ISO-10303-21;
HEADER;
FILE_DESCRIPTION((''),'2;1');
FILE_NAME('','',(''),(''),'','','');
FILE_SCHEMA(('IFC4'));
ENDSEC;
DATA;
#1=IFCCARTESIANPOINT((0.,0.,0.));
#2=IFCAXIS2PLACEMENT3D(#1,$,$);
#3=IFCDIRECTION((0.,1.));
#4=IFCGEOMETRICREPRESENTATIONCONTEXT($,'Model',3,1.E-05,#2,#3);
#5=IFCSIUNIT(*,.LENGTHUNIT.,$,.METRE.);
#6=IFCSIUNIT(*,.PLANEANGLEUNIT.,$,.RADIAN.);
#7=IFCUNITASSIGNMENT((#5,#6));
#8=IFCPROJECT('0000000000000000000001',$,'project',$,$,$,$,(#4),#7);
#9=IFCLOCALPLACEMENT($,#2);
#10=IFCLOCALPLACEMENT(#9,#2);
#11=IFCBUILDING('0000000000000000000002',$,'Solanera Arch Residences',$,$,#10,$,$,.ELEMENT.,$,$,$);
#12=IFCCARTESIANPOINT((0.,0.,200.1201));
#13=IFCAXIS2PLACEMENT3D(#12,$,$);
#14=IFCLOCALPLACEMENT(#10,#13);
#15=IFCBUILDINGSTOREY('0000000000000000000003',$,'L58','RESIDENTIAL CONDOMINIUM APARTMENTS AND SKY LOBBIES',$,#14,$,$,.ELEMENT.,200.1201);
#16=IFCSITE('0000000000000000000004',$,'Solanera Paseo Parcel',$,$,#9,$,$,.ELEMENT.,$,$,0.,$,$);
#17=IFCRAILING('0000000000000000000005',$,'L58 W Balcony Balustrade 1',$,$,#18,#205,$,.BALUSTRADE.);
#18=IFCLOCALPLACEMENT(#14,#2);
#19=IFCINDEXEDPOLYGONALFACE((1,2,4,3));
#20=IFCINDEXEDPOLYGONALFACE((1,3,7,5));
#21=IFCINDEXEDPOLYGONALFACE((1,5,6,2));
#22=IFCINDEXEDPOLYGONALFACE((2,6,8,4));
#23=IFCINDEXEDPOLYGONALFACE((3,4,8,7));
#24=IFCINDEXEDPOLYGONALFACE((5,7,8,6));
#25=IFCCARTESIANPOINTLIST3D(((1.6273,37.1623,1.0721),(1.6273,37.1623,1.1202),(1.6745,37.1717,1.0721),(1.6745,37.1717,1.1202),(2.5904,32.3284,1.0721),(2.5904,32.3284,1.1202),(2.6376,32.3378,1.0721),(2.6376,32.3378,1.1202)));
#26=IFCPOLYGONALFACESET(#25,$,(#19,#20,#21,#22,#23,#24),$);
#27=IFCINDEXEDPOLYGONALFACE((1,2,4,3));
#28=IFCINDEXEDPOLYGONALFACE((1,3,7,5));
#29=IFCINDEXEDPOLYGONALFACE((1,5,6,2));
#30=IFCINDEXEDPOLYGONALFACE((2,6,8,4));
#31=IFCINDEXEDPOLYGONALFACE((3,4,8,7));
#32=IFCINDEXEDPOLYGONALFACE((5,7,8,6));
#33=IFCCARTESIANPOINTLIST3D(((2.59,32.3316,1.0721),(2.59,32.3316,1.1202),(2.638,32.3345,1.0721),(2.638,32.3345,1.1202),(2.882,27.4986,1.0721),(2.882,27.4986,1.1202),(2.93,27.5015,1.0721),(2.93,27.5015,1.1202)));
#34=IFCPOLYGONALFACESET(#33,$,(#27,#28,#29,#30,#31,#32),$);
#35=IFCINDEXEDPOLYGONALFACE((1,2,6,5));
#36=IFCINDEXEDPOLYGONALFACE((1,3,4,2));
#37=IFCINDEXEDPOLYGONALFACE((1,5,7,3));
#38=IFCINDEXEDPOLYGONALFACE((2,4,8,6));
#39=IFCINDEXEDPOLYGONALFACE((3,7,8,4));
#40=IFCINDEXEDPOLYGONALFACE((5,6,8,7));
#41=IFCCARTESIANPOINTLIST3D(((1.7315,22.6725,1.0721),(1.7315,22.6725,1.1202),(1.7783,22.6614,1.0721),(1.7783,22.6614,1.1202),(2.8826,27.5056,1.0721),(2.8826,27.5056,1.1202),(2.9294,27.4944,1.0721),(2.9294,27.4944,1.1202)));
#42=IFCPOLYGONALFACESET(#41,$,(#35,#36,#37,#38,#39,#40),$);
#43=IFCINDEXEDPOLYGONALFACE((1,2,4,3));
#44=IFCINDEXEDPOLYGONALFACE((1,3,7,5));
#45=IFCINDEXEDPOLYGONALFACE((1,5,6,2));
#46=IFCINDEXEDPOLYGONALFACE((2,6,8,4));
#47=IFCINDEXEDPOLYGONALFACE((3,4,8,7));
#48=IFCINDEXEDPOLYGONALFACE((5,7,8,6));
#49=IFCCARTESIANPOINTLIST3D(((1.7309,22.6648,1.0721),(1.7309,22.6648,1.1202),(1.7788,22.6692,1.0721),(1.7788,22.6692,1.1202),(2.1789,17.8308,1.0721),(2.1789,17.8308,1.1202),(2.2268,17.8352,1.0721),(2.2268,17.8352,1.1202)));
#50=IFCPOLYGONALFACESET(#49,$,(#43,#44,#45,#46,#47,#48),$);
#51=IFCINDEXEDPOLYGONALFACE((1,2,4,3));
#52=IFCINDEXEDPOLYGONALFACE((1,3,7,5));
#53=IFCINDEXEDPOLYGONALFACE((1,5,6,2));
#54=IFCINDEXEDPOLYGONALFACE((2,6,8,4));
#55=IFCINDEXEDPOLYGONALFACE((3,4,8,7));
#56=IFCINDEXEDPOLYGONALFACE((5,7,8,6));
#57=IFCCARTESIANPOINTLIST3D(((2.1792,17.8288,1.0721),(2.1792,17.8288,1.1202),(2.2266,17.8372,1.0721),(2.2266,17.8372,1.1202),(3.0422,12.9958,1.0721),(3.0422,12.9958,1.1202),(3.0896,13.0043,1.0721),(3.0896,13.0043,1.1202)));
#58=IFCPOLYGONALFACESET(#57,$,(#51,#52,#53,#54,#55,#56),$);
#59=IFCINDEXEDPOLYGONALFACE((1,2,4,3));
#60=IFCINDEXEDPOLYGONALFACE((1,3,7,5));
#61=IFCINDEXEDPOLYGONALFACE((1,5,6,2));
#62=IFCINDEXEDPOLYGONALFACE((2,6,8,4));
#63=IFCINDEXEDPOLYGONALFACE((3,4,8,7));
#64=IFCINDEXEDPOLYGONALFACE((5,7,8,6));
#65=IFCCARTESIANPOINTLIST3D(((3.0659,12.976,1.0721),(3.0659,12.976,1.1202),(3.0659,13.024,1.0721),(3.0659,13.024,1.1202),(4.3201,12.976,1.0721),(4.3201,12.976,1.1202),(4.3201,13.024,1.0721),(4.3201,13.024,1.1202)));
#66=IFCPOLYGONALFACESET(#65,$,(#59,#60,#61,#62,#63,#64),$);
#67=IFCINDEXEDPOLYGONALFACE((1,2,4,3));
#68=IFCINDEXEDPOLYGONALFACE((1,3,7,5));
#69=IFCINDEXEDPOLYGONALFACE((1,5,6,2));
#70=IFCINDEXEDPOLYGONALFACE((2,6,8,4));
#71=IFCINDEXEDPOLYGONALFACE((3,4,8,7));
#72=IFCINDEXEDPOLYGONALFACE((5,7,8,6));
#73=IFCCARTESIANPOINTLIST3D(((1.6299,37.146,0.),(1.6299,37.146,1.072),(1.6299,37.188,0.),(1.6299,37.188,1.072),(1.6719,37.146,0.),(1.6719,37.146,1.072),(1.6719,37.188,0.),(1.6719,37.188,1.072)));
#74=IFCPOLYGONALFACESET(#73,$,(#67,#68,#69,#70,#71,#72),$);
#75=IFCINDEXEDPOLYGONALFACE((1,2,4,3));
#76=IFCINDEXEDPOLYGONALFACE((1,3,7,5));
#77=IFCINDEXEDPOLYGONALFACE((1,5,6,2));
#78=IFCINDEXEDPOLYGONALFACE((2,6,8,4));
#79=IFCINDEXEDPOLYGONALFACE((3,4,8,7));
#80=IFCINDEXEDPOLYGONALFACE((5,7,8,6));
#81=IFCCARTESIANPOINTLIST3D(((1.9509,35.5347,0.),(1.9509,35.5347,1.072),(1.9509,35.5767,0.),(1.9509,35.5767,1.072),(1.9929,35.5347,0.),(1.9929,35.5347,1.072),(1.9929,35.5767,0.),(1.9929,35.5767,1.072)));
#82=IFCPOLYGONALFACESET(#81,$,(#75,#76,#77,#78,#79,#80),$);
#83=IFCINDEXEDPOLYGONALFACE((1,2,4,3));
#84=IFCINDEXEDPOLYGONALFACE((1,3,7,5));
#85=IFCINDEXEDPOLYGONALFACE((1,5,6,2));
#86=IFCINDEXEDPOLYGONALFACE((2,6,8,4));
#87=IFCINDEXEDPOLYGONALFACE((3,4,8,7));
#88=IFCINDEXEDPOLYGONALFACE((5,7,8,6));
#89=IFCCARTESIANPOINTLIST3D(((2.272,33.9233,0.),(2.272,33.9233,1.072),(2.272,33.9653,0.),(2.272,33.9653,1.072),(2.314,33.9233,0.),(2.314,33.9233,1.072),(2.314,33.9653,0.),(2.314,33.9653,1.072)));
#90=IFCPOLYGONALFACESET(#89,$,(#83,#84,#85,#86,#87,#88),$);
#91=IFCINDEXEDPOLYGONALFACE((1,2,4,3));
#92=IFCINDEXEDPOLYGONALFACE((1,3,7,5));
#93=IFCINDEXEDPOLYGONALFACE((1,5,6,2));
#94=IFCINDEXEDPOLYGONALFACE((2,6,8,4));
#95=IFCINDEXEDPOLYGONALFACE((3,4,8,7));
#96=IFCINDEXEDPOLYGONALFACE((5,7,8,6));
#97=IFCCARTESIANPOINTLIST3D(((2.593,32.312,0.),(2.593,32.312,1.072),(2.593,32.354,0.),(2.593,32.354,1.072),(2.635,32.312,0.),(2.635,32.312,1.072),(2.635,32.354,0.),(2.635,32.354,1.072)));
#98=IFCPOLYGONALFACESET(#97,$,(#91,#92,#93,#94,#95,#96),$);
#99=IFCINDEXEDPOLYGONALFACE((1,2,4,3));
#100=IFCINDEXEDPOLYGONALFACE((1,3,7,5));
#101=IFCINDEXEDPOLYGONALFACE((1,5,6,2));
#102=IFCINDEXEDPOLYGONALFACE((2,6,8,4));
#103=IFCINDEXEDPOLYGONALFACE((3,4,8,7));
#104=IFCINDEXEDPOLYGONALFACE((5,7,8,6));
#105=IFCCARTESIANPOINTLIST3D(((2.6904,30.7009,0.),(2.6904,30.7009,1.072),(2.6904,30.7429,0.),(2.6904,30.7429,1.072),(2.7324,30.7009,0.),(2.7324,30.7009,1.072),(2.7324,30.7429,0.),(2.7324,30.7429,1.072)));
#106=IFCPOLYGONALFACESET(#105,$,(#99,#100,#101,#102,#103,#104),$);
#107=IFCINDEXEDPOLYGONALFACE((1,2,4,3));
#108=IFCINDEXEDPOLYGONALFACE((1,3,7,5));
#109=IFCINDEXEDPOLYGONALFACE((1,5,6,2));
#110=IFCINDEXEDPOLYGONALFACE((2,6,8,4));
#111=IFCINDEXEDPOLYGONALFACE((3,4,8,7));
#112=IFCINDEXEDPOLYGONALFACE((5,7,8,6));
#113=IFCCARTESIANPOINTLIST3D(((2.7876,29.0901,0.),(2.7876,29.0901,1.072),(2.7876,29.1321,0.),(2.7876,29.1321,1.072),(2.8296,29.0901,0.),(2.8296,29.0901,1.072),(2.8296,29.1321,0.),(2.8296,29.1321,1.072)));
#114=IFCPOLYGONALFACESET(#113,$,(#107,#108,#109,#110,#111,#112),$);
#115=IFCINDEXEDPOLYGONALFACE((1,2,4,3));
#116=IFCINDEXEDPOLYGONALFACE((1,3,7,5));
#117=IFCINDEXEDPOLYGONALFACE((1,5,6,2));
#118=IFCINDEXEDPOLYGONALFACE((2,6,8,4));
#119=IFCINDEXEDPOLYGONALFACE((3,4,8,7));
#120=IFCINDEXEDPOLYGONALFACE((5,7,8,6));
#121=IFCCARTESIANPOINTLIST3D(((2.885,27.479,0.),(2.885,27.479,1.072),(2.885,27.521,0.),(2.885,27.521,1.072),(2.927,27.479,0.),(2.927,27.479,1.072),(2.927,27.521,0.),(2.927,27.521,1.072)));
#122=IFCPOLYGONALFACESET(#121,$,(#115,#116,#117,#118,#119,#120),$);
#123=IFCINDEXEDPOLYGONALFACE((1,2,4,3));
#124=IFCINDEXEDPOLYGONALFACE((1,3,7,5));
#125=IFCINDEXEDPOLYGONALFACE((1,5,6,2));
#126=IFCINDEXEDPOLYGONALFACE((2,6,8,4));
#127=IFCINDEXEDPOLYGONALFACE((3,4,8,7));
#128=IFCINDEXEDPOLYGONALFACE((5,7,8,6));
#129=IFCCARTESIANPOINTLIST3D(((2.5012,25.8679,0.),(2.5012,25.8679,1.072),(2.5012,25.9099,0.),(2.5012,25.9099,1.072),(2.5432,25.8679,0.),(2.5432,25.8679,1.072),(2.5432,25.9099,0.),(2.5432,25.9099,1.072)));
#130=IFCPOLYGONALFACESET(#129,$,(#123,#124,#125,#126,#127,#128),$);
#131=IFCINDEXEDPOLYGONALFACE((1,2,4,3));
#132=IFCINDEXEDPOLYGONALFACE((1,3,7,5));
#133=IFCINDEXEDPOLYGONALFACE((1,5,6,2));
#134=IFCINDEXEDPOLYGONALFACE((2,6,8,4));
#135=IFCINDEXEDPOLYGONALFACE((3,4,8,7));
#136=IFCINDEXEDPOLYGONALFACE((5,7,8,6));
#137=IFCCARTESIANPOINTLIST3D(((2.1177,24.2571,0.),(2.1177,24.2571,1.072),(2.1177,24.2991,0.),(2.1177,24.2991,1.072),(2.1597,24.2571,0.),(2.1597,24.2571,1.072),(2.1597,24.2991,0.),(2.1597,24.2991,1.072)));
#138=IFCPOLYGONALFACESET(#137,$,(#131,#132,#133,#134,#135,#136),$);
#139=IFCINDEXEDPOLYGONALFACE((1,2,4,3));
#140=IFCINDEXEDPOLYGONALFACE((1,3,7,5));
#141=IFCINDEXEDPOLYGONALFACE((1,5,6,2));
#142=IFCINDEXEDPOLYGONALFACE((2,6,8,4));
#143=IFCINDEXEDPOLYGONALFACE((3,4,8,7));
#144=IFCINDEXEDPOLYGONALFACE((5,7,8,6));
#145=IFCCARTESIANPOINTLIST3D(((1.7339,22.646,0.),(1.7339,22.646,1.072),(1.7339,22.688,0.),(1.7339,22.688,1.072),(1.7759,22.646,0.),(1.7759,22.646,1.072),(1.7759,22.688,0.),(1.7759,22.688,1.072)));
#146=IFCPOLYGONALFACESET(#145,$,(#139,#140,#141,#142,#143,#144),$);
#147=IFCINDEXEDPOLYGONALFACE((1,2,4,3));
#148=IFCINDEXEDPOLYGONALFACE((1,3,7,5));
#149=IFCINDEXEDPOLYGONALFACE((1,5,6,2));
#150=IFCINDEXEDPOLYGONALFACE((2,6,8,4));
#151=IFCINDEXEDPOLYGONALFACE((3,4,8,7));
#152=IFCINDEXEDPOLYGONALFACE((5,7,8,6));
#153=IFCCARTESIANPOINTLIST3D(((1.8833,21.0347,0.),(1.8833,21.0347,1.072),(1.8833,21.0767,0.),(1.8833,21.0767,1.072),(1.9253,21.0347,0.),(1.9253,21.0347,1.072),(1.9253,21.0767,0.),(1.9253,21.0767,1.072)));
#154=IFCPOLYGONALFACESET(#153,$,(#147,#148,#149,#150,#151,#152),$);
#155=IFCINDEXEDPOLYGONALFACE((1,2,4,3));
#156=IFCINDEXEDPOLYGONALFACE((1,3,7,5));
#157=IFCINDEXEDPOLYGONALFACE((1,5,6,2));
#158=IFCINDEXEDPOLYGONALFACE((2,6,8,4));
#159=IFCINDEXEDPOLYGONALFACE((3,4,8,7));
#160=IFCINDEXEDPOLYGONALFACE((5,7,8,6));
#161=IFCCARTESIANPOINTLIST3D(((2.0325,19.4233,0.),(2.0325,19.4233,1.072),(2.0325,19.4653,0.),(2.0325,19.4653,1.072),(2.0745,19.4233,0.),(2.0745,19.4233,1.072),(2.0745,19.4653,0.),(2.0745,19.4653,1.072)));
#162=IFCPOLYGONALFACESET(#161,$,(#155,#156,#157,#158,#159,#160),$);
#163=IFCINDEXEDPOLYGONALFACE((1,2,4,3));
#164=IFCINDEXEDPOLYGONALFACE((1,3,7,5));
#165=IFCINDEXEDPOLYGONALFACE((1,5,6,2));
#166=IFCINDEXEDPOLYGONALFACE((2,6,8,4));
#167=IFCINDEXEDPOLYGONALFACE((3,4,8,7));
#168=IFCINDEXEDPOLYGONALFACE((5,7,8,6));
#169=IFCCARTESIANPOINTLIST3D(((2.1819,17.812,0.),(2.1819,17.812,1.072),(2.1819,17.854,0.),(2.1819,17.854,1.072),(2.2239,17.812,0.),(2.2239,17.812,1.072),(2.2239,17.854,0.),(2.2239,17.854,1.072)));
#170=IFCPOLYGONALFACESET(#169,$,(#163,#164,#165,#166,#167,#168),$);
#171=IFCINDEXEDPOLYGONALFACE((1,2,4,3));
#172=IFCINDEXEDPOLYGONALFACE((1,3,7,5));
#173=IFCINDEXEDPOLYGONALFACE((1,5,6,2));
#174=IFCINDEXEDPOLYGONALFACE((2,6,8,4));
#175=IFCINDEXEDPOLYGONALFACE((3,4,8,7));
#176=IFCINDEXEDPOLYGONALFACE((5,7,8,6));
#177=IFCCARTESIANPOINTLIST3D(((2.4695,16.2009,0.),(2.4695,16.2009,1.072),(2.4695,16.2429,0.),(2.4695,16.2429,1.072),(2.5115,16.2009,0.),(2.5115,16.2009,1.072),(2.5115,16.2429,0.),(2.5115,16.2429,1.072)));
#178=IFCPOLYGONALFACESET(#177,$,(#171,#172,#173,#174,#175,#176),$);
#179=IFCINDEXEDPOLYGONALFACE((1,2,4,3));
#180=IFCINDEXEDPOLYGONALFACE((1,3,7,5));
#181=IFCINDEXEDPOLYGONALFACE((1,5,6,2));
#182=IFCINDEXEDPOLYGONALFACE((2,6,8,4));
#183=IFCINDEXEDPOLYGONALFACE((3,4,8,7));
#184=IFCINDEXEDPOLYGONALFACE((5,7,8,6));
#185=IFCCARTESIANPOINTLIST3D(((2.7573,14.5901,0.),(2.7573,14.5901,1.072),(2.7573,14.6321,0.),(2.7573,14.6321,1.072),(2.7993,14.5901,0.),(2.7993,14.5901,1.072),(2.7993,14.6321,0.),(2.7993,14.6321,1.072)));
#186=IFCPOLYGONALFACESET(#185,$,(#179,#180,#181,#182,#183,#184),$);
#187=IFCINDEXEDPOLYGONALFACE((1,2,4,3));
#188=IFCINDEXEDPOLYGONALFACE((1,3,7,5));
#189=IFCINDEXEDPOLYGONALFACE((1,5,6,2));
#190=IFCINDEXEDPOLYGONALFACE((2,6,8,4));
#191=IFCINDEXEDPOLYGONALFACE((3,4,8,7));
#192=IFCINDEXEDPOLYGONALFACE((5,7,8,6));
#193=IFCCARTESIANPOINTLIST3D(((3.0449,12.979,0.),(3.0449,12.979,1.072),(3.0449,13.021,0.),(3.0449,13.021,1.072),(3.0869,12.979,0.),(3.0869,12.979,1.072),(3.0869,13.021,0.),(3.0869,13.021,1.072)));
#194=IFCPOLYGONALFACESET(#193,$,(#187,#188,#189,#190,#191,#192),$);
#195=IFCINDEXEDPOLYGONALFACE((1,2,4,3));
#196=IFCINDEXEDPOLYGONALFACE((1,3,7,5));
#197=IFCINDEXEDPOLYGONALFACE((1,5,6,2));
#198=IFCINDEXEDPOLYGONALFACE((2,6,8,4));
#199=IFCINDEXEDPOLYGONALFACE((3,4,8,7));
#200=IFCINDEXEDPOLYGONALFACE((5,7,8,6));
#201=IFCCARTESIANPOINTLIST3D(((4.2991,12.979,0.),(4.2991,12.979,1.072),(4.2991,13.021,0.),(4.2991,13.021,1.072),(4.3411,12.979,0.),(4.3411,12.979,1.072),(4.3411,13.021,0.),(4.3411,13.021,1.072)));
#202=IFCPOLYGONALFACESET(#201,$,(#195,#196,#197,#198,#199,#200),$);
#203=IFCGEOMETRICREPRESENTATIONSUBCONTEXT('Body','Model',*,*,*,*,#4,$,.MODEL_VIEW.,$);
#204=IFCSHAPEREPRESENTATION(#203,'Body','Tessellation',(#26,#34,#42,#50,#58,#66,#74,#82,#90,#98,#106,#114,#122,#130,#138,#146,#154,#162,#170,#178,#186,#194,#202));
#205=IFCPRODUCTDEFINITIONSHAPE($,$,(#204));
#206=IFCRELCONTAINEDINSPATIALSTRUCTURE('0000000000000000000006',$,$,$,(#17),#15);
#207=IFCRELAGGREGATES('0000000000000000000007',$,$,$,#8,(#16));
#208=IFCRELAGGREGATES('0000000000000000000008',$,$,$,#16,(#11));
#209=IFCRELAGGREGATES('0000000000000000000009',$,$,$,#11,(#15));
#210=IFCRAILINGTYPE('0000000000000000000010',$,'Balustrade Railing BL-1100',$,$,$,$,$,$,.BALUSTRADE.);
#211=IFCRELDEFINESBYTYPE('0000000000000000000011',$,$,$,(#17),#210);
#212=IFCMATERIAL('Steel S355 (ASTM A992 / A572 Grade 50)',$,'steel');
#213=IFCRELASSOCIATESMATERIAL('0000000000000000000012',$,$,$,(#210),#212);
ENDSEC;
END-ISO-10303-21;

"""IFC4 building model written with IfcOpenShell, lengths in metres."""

from ifc_helpers import new_model, si_unit, direction, frame, origin, origin_2d, place, context, subcontext, project, spatial, rectangle, extrude, material, type_object, element, save


model = new_model("IFC4")

# Units and contexts
model_context = context("Model", 3, precision=1e-05, world=origin(), true_north=direction((0.0, 1.0)))
body_context = subcontext(model_context, "Body", "Model", "MODEL_VIEW")
ifc_project = project(units=[si_unit("LENGTHUNIT", "METRE"), si_unit("PLANEANGLEUNIT", "RADIAN")], contexts=[model_context])

# Site, building, storey
site_placement = place(None, origin())
site = spatial("IfcSite", under=ifc_project, at=site_placement, Name="Solanera Paseo Parcel", CompositionType="ELEMENT", RefElevation=0.0)
building_placement = place(site_placement, origin())
building = spatial("IfcBuilding", under=site, at=building_placement, Name="Solanera Arch Residences", CompositionType="ELEMENT")
storey_placement = place(building_placement, frame((0.0, 0.0, 200.1201)))
storey = spatial("IfcBuildingStorey", under=building, at=storey_placement, Name="L58", Description="RESIDENTIAL CONDOMINIUM APARTMENTS AND SKY LOBBIES", CompositionType="ELEMENT", Elevation=200.1201)

# Railing
ifc_material_1 = material(Name="Steel S355 (ASTM A992 / A572 Grade 50)", Category="steel")
railing_type = type_object("IfcRailingType", Name="Balustrade Railing BL-1100", PredefinedType="BALUSTRADE", material=ifc_material_1)
railing_placement = place(storey_placement, frame((1.6509, 37.167, 0.0)))
element("IfcRailing", 1, at=railing_placement, inside=storey, type_object=railing_type, Name="L58 W Balcony Balustrade 1", PredefinedType="BALUSTRADE", context=body_context, shape_type="SweptSolid", body=[
    extrude(rectangle(XDim=0.0481, YDim=0.0481, at=origin_2d()), frame((0.0, 0.0, 1.0962), z_axis=(0.195402, -0.980723, 0.0), x_axis=(0.980723, 0.195402, 0.0)), (0.0, 0.0, 1.0), 4.929),
    extrude(rectangle(XDim=0.0481, YDim=0.0481, at=origin_2d()), frame((0.9631, -4.834, 1.0962), z_axis=(0.060306, -0.99818, 0.0), x_axis=(0.99818, 0.060306, 0.0)), (0.0, 0.0, 1.0), 4.8418),
    extrude(rectangle(XDim=0.0481, YDim=0.0481, at=origin_2d()), frame((1.2551, -9.667, 1.0962), z_axis=(-0.231698, -0.972788, 0.0), x_axis=(0.972788, -0.231698, 0.0)), (0.0, 0.0, 1.0), 4.9683),
    extrude(rectangle(XDim=0.0481, YDim=0.0481, at=origin_2d()), frame((0.104, -14.5, 1.0962), z_axis=(0.092281, -0.995733, 0.0), x_axis=(0.995733, 0.092281, 0.0)), (0.0, 0.0, 1.0), 4.8547),
    extrude(rectangle(XDim=0.0481, YDim=0.0481, at=origin_2d()), frame((0.552, -19.334, 1.0962), z_axis=(0.175791, -0.984428, 0.0), x_axis=(0.984428, 0.175791, 0.0)), (0.0, 0.0, 1.0), 4.9094),
    extrude(rectangle(XDim=0.0481, YDim=0.0481, at=origin_2d()), frame((1.415, -24.167, 1.0962), z_axis=(1.0, 0.0, 0.0), x_axis=(0.0, 1.0, 0.0)), (0.0, 0.0, 1.0), 1.2542),
    extrude(rectangle(XDim=0.042, YDim=0.042, at=origin_2d()), origin(), (0.0, 0.0, 1.0), 1.072),
    extrude(rectangle(XDim=0.042, YDim=0.042, at=origin_2d()), frame((0.321, -1.6113, 0.0)), (0.0, 0.0, 1.0), 1.072),
    extrude(rectangle(XDim=0.042, YDim=0.042, at=origin_2d()), frame((0.6421, -3.2227, 0.0)), (0.0, 0.0, 1.0), 1.072),
    extrude(rectangle(XDim=0.042, YDim=0.042, at=origin_2d()), frame((0.9631, -4.834, 0.0)), (0.0, 0.0, 1.0), 1.072),
    extrude(rectangle(XDim=0.042, YDim=0.042, at=origin_2d()), frame((1.0605, -6.4451, 0.0)), (0.0, 0.0, 1.0), 1.072),
    extrude(rectangle(XDim=0.042, YDim=0.042, at=origin_2d()), frame((1.1577, -8.0559, 0.0)), (0.0, 0.0, 1.0), 1.072),
    extrude(rectangle(XDim=0.042, YDim=0.042, at=origin_2d()), frame((1.2551, -9.667, 0.0)), (0.0, 0.0, 1.0), 1.072),
    extrude(rectangle(XDim=0.042, YDim=0.042, at=origin_2d()), frame((0.8713, -11.2781, 0.0)), (0.0, 0.0, 1.0), 1.072),
    extrude(rectangle(XDim=0.042, YDim=0.042, at=origin_2d()), frame((0.4878, -12.8889, 0.0)), (0.0, 0.0, 1.0), 1.072),
    extrude(rectangle(XDim=0.042, YDim=0.042, at=origin_2d()), frame((0.104, -14.5, 0.0)), (0.0, 0.0, 1.0), 1.072),
    extrude(rectangle(XDim=0.042, YDim=0.042, at=origin_2d()), frame((0.2534, -16.1113, 0.0)), (0.0, 0.0, 1.0), 1.072),
    extrude(rectangle(XDim=0.042, YDim=0.042, at=origin_2d()), frame((0.4026, -17.7227, 0.0)), (0.0, 0.0, 1.0), 1.072),
    extrude(rectangle(XDim=0.042, YDim=0.042, at=origin_2d()), frame((0.552, -19.334, 0.0)), (0.0, 0.0, 1.0), 1.072),
    extrude(rectangle(XDim=0.042, YDim=0.042, at=origin_2d()), frame((0.8396, -20.9451, 0.0)), (0.0, 0.0, 1.0), 1.072),
    extrude(rectangle(XDim=0.042, YDim=0.042, at=origin_2d()), frame((1.1274, -22.5559, 0.0)), (0.0, 0.0, 1.0), 1.072),
    extrude(rectangle(XDim=0.042, YDim=0.042, at=origin_2d()), frame((1.415, -24.167, 0.0)), (0.0, 0.0, 1.0), 1.072),
    extrude(rectangle(XDim=0.042, YDim=0.042, at=origin_2d()), frame((2.6692, -24.167, 0.0)), (0.0, 0.0, 1.0), 1.072),
])

save(model, "model.ifc")
